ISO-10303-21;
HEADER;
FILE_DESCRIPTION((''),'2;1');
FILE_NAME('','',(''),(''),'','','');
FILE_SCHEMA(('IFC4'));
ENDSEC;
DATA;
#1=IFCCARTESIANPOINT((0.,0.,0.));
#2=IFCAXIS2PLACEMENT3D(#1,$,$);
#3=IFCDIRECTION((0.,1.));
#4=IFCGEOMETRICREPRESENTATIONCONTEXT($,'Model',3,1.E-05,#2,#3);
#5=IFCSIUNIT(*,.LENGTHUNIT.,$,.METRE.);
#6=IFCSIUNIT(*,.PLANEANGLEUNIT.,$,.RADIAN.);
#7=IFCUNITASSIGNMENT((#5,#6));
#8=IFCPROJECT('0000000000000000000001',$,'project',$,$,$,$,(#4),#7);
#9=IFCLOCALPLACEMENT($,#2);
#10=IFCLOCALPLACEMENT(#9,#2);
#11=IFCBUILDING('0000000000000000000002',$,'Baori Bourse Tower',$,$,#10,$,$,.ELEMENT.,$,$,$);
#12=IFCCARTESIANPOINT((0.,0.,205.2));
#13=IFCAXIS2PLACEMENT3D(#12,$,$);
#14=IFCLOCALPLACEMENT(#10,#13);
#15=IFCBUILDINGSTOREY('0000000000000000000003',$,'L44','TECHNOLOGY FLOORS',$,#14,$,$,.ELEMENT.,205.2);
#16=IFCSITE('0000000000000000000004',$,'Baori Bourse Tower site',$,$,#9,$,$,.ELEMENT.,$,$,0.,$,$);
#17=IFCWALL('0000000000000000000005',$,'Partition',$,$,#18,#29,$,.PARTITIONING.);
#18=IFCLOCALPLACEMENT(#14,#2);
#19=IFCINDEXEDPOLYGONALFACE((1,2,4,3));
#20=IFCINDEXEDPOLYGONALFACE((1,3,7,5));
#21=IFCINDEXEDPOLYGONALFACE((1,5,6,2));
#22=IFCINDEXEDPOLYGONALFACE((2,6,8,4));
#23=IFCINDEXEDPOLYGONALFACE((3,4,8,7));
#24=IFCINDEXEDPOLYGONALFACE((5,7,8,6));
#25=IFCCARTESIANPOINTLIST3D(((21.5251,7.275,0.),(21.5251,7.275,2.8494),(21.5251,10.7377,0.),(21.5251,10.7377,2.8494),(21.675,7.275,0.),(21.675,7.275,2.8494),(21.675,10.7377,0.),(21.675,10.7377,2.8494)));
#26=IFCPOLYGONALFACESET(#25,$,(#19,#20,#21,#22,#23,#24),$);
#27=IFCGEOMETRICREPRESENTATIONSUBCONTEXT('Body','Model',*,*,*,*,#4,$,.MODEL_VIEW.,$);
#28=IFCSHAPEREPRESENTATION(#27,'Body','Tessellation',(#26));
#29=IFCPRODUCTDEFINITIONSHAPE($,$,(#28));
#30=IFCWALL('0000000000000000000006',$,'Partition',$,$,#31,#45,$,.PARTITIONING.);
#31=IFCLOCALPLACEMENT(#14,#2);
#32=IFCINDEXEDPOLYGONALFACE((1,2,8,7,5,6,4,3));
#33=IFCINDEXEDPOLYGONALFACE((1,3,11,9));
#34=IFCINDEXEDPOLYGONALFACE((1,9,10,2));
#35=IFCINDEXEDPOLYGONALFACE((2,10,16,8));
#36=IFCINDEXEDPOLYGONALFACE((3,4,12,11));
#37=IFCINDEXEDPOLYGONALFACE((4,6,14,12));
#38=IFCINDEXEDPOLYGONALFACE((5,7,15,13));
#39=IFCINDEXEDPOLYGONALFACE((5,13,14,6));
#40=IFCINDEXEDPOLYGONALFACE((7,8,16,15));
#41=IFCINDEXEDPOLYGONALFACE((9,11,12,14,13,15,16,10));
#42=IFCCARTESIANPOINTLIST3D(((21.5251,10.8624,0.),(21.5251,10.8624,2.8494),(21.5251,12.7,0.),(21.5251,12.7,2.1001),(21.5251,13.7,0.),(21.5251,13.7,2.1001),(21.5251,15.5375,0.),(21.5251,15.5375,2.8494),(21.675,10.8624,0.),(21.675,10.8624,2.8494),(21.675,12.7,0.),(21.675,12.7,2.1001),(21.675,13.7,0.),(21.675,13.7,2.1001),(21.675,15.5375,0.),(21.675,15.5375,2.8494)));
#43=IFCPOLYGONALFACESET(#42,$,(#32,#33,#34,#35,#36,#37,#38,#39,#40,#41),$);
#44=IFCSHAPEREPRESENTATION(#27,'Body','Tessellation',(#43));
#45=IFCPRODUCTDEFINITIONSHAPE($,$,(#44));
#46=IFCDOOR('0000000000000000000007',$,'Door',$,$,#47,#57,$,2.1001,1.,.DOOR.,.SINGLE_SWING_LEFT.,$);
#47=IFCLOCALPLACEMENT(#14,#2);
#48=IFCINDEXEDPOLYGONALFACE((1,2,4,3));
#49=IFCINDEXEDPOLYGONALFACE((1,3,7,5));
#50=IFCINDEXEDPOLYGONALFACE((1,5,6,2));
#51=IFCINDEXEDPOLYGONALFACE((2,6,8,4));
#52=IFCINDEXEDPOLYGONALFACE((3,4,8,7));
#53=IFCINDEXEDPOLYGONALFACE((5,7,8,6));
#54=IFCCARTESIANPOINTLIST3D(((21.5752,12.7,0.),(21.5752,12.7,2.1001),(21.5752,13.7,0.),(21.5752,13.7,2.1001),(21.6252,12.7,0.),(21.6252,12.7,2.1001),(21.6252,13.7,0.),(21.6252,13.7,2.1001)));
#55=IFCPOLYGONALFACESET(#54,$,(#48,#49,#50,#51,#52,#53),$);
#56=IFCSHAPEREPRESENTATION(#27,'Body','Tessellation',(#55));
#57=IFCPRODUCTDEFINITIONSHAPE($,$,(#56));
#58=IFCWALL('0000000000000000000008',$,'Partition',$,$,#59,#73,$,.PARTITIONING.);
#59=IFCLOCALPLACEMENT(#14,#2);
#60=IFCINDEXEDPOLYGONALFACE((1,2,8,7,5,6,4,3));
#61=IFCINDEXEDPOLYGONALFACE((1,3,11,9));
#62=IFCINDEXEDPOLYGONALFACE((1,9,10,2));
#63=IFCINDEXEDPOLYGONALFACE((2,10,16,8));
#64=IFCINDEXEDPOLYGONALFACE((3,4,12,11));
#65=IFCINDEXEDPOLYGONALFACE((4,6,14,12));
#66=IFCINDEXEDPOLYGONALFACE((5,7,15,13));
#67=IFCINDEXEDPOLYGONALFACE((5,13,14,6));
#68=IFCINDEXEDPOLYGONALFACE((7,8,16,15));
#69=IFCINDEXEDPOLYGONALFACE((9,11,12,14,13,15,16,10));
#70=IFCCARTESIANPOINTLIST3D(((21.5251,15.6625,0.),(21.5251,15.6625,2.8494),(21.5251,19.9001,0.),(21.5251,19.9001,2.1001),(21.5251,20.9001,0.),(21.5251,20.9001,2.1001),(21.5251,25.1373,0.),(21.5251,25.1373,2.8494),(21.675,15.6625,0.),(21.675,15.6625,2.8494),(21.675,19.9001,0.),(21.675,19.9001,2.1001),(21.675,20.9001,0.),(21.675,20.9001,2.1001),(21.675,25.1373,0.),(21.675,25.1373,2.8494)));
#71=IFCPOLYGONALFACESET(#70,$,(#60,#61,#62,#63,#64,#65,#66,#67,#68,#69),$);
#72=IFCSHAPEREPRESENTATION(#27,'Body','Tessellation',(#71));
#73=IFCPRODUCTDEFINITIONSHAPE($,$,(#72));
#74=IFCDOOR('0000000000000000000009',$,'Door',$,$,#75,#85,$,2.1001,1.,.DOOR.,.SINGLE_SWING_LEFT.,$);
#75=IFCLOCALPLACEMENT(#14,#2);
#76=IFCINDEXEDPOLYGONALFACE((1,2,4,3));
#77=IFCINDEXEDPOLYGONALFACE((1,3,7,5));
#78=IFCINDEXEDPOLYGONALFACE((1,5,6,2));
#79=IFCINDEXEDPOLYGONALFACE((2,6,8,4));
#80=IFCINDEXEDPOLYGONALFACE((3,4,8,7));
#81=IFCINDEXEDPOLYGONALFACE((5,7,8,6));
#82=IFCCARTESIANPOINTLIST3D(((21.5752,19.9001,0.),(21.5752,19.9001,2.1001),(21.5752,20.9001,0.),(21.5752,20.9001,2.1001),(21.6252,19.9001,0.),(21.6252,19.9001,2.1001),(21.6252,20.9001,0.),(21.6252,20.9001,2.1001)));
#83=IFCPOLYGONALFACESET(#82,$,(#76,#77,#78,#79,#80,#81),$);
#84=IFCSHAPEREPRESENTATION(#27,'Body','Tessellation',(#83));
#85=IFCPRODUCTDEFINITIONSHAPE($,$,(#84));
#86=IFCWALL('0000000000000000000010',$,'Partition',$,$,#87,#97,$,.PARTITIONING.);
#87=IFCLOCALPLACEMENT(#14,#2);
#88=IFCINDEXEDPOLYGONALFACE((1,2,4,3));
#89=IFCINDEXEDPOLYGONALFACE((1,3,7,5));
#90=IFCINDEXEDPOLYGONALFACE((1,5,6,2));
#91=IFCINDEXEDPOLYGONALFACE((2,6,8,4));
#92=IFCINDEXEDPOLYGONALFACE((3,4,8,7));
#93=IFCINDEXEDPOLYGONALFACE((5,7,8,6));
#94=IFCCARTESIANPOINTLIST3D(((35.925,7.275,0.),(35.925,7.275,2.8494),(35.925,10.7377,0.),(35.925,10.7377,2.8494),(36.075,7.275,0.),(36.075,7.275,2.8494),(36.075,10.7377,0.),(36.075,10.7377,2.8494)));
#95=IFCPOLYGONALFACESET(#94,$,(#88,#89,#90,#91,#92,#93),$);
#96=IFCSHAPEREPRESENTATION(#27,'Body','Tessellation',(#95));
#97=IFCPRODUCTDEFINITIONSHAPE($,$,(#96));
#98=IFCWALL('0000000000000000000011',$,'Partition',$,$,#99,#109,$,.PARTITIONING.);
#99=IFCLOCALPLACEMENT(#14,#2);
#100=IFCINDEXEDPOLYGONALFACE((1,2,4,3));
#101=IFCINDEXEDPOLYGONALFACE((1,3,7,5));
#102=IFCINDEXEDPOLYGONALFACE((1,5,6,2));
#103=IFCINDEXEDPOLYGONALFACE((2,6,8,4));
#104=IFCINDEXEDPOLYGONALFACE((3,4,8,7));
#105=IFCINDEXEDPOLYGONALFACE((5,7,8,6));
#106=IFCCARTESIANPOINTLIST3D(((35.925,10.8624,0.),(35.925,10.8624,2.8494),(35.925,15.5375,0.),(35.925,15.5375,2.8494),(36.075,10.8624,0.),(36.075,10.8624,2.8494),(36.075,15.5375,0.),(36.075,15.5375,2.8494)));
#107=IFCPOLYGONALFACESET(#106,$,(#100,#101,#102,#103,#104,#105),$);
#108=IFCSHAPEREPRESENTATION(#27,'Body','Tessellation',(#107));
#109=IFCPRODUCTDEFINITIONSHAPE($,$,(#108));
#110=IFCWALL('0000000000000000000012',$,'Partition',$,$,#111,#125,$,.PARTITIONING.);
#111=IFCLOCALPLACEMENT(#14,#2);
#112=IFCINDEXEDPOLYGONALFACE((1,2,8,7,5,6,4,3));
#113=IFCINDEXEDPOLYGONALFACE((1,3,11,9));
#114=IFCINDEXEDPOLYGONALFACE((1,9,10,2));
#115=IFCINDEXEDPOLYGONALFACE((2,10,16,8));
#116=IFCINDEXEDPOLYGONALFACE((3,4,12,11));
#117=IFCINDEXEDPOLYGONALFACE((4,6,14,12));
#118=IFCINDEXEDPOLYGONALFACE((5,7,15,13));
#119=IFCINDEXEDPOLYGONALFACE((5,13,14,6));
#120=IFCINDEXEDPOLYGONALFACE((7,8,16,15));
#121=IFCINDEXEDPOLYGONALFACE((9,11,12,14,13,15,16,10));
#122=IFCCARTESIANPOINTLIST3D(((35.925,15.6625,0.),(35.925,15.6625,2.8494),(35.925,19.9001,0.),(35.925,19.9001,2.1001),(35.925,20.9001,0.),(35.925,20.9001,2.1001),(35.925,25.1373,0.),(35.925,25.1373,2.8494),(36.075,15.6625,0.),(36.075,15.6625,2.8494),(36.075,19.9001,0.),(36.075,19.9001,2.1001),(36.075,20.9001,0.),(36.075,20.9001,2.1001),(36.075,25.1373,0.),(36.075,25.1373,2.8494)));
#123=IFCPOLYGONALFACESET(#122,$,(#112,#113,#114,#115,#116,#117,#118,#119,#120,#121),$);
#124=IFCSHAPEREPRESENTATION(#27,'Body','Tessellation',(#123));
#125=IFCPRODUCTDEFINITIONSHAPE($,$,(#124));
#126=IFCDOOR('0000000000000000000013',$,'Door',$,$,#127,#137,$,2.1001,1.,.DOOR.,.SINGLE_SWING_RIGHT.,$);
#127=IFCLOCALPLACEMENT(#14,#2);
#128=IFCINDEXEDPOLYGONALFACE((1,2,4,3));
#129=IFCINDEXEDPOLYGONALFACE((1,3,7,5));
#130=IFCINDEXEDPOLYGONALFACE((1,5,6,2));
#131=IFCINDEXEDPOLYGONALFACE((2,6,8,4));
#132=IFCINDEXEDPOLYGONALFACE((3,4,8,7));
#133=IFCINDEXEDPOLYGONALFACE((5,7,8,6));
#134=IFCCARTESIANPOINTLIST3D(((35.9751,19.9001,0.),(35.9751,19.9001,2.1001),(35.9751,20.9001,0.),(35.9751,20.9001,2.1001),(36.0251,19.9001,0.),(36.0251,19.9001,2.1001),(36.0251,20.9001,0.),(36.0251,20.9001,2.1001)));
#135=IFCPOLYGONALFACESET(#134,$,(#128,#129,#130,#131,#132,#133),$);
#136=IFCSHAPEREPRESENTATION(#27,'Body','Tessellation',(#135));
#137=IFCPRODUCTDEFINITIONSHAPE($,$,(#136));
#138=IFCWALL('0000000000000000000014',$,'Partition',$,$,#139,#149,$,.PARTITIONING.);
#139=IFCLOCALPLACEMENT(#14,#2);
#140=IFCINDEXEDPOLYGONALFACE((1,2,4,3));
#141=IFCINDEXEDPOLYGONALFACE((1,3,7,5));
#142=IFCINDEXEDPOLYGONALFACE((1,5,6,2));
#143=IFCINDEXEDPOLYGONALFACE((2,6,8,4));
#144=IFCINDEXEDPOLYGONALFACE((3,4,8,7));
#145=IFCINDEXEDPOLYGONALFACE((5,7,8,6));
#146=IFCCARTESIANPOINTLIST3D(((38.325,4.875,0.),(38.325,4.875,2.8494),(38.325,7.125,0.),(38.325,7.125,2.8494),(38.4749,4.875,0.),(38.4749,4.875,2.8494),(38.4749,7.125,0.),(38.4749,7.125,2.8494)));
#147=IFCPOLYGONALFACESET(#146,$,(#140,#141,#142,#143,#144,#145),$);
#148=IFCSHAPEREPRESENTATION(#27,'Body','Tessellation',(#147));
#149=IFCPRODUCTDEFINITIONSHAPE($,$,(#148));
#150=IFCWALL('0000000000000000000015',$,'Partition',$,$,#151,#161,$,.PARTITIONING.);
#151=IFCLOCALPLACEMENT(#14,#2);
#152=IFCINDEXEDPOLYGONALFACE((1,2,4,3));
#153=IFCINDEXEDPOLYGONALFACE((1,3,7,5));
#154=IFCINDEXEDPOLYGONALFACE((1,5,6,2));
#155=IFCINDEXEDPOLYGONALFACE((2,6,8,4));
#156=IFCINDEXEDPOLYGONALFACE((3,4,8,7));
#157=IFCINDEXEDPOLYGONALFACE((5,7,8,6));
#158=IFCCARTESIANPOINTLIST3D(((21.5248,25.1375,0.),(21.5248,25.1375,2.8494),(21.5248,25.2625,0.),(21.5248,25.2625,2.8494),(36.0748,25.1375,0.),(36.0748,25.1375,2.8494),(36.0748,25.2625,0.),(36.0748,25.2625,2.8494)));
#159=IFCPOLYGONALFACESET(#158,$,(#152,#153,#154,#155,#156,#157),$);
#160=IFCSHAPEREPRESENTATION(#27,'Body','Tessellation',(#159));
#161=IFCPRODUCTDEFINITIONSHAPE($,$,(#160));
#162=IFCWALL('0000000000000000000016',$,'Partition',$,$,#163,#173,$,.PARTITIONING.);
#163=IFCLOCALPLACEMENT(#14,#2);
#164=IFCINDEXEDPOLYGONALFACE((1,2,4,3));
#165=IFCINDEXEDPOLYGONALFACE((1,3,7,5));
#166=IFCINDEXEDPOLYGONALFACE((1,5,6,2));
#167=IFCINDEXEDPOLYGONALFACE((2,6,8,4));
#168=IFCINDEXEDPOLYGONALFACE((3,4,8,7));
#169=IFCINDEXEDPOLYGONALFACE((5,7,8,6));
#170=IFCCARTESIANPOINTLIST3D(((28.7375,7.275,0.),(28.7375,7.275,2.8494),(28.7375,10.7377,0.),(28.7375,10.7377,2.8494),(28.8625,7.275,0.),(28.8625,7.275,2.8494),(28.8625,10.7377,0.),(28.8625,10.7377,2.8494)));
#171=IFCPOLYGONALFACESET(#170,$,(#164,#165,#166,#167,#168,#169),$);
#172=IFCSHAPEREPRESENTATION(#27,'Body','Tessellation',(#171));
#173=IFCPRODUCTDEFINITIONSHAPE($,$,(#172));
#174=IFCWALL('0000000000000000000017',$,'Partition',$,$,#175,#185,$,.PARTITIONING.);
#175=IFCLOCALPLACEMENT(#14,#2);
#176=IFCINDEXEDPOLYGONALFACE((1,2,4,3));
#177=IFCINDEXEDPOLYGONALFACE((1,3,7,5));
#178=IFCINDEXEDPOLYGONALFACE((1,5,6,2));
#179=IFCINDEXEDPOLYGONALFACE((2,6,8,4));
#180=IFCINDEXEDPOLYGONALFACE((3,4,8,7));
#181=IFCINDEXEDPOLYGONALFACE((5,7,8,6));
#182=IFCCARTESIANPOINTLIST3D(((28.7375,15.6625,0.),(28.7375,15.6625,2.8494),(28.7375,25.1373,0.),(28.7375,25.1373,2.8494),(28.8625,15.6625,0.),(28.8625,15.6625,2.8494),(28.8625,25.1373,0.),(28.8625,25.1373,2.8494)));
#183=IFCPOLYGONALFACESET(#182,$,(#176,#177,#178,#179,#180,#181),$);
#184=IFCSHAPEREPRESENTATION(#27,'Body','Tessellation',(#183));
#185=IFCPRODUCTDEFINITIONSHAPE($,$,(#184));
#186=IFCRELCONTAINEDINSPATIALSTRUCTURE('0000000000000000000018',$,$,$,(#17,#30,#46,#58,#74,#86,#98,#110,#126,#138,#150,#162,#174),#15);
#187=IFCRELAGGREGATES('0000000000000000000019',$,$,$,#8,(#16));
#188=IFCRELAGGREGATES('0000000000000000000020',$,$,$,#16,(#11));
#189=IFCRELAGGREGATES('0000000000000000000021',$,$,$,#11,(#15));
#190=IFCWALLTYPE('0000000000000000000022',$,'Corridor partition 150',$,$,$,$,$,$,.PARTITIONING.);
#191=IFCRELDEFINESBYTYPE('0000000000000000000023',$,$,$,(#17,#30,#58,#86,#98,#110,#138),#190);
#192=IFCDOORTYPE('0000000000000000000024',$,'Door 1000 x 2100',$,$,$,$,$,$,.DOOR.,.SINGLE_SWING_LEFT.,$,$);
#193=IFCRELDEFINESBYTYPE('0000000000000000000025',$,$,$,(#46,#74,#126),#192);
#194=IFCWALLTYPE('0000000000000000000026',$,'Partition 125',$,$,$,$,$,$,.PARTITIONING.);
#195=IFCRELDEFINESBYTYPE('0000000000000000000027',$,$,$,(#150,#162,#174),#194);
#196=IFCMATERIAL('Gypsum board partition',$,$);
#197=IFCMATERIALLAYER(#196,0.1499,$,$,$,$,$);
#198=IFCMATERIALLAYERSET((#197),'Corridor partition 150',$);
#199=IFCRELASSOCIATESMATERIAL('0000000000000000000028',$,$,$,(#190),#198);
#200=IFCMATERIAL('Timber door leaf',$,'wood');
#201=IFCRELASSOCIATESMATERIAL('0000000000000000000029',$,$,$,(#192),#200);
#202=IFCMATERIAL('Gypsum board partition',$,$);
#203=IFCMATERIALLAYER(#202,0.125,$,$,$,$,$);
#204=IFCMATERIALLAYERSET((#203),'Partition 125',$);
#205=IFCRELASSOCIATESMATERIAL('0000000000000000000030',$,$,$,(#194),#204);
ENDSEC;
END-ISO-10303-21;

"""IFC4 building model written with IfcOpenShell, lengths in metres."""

from ifc_helpers import new_model, si_unit, direction, frame, frame_2d, origin, place, context, subcontext, project, spatial, rectangle, extrude, material, layer, layer_set, type_object, element, fill, save


model = new_model("IFC4")

# Units and contexts
model_context = context("Model", 3, precision=1e-05, world=origin(), true_north=direction((0.0, 1.0)))
body_context = subcontext(model_context, "Body", "Model", "MODEL_VIEW")
ifc_project = project(units=[si_unit("LENGTHUNIT", "METRE"), si_unit("PLANEANGLEUNIT", "RADIAN")], contexts=[model_context])

# Site, building, storey
site_placement = place(None, origin())
site = spatial("IfcSite", under=ifc_project, at=site_placement, Name="Baori Bourse Tower site", CompositionType="ELEMENT", RefElevation=0.0)
building_placement = place(site_placement, origin())
building = spatial("IfcBuilding", under=site, at=building_placement, Name="Baori Bourse Tower", CompositionType="ELEMENT")
storey_placement = place(building_placement, frame((0.0, 0.0, 205.2)))
storey = spatial("IfcBuildingStorey", under=building, at=storey_placement, Name="L44", Description="TECHNOLOGY FLOORS", CompositionType="ELEMENT", Elevation=205.2)

# Shared definitions
ifc_material_1 = material(Name="Gypsum board partition")
ifc_layer_1 = layer(ifc_material_1, 0.1499)
ifc_layer_set_1 = layer_set([ifc_layer_1], Name="Corridor partition 150")
wall_type_1 = type_object("IfcWallType", Name="Corridor partition 150", PredefinedType="PARTITIONING", material=ifc_layer_set_1)
ifc_material_2 = material(Name="Timber door leaf", Category="wood")
door_type_1 = type_object("IfcDoorType", Name="Door 1000 x 2100", OperationType="SINGLE_SWING_LEFT", PredefinedType="DOOR", material=ifc_material_2)

# Wall
wall_1_placement = place(storey_placement, frame((21.6001, 7.2749, 0.0), z_axis=(0.0, 0.0, 1.0), x_axis=(0.0, 1.0, 0.0)))
element("IfcWall", 1, at=wall_1_placement, inside=storey, type_object=wall_type_1, Name="Partition", PredefinedType="PARTITIONING", context=body_context, shape_type="SweptSolid", body=[
    extrude(rectangle(XDim=3.4626, YDim=0.1499, at=frame_2d((1.7314, 0.0))), origin(), (0.0, 0.0, 1.0), 2.8494),
])

# Walls, openings, doors
wall_2_placement = place(storey_placement, frame((21.6001, 10.8625, 0.0), z_axis=(0.0, 0.0, 1.0), x_axis=(0.0, 1.0, 0.0)))
wall_2 = element("IfcWall", 2, at=wall_2_placement, inside=storey, type_object=wall_type_1, Name="Partition", PredefinedType="PARTITIONING", context=body_context, shape_type="SweptSolid", body=[
    extrude(rectangle(XDim=4.675, YDim=0.1499, at=frame_2d((2.3374, 0.0))), origin(), (0.0, 0.0, 1.0), 2.8494),
])
opening_1_placement = place(wall_2_placement, frame((1.8374, 0.0, 0.0)))
opening_1 = element("IfcOpeningElement", 3, at=opening_1_placement, cuts=wall_2, PredefinedType="OPENING", context=body_context, shape_type="SweptSolid", body=[
    extrude(rectangle(XDim=1.0, YDim=2.1001, at=frame_2d((0.5, 1.05))), frame((0.0, 0.085, 0.0), z_axis=(0.0, -1.0, 0.0), x_axis=(1.0, 0.0, 0.0)), (0.0, 0.0, 1.0), 0.1699),
])
door_1_placement = place(opening_1_placement, origin())
door_1 = element("IfcDoor", 4, at=door_1_placement, inside=storey, type_object=door_type_1, Name="Door", OperationType="SINGLE_SWING_LEFT", OverallHeight=2.1001, OverallWidth=1.0, PredefinedType="DOOR", context=body_context, shape_type="SweptSolid", body=[
    extrude(rectangle(XDim=1.0, YDim=2.1001, at=frame_2d((0.5, 1.05))), frame((0.0, 0.0249, 0.0), z_axis=(0.0, -1.0, 0.0), x_axis=(1.0, 0.0, 0.0)), (0.0, 0.0, 1.0), 0.05),
])
fill(opening_1, door_1)
wall_3_placement = place(storey_placement, frame((21.6001, 15.6626, 0.0), z_axis=(0.0, 0.0, 1.0), x_axis=(0.0, 1.0, 0.0)))
wall_3 = element("IfcWall", 5, at=wall_3_placement, inside=storey, type_object=wall_type_1, Name="Partition", PredefinedType="PARTITIONING", context=body_context, shape_type="SweptSolid", body=[
    extrude(rectangle(XDim=9.4749, YDim=0.1499, at=frame_2d((4.7373, 0.0))), origin(), (0.0, 0.0, 1.0), 2.8494),
])
opening_2_placement = place(wall_3_placement, frame((4.2375, 0.0, 0.0)))
opening_2 = element("IfcOpeningElement", 6, at=opening_2_placement, cuts=wall_3, PredefinedType="OPENING", context=body_context, shape_type="SweptSolid", body=[
    extrude(rectangle(XDim=1.0, YDim=2.1001, at=frame_2d((0.5, 1.05))), frame((0.0, 0.085, 0.0), z_axis=(0.0, -1.0, 0.0), x_axis=(1.0, 0.0, 0.0)), (0.0, 0.0, 1.0), 0.1699),
])
door_2_placement = place(opening_2_placement, origin())
door_2 = element("IfcDoor", 7, at=door_2_placement, inside=storey, type_object=door_type_1, Name="Door", OperationType="SINGLE_SWING_LEFT", OverallHeight=2.1001, OverallWidth=1.0, PredefinedType="DOOR", context=body_context, shape_type="SweptSolid", body=[
    extrude(rectangle(XDim=1.0, YDim=2.1001, at=frame_2d((0.5, 1.05))), frame((0.0, 0.0249, 0.0), z_axis=(0.0, -1.0, 0.0), x_axis=(1.0, 0.0, 0.0)), (0.0, 0.0, 1.0), 0.05),
])
fill(opening_2, door_2)

# Walls
wall_4_placement = place(storey_placement, frame((36.0, 7.2749, 0.0), z_axis=(0.0, 0.0, 1.0), x_axis=(0.0, 1.0, 0.0)))
element("IfcWall", 8, at=wall_4_placement, inside=storey, type_object=wall_type_1, Name="Partition", PredefinedType="PARTITIONING", context=body_context, shape_type="SweptSolid", body=[
    extrude(rectangle(XDim=3.4626, YDim=0.1499, at=frame_2d((1.7314, 0.0))), origin(), (0.0, 0.0, 1.0), 2.8494),
])
wall_5_placement = place(storey_placement, frame((36.0, 10.8625, 0.0), z_axis=(0.0, 0.0, 1.0), x_axis=(0.0, 1.0, 0.0)))
element("IfcWall", 9, at=wall_5_placement, inside=storey, type_object=wall_type_1, Name="Partition", PredefinedType="PARTITIONING", context=body_context, shape_type="SweptSolid", body=[
    extrude(rectangle(XDim=4.675, YDim=0.1499, at=frame_2d((2.3374, 0.0))), origin(), (0.0, 0.0, 1.0), 2.8494),
])

# Wall, opening, door
wall_6_placement = place(storey_placement, frame((36.0, 15.6626, 0.0), z_axis=(0.0, 0.0, 1.0), x_axis=(0.0, 1.0, 0.0)))
wall_6 = element("IfcWall", 10, at=wall_6_placement, inside=storey, type_object=wall_type_1, Name="Partition", PredefinedType="PARTITIONING", context=body_context, shape_type="SweptSolid", body=[
    extrude(rectangle(XDim=9.4749, YDim=0.1499, at=frame_2d((4.7373, 0.0))), origin(), (0.0, 0.0, 1.0), 2.8494),
])
opening_3_placement = place(wall_6_placement, frame((4.2375, 0.0, 0.0)))
opening_3 = element("IfcOpeningElement", 11, at=opening_3_placement, cuts=wall_6, PredefinedType="OPENING", context=body_context, shape_type="SweptSolid", body=[
    extrude(rectangle(XDim=1.0, YDim=2.1001, at=frame_2d((0.5, 1.05))), frame((0.0, 0.085, 0.0), z_axis=(0.0, -1.0, 0.0), x_axis=(1.0, 0.0, 0.0)), (0.0, 0.0, 1.0), 0.1699),
])
door_3_placement = place(opening_3_placement, origin())
door_3 = element("IfcDoor", 12, at=door_3_placement, inside=storey, type_object=door_type_1, Name="Door", OperationType="SINGLE_SWING_RIGHT", OverallHeight=2.1001, OverallWidth=1.0, PredefinedType="DOOR", context=body_context, shape_type="SweptSolid", body=[
    extrude(rectangle(XDim=1.0, YDim=2.1001, at=frame_2d((0.5, 1.05))), frame((0.0, 0.0249, 0.0), z_axis=(0.0, -1.0, 0.0), x_axis=(1.0, 0.0, 0.0)), (0.0, 0.0, 1.0), 0.05),
])
fill(opening_3, door_3)

# Walls
wall_7_placement = place(storey_placement, frame((38.3999, 4.875, 0.0), z_axis=(0.0, 0.0, 1.0), x_axis=(0.0, 1.0, 0.0)))
element("IfcWall", 13, at=wall_7_placement, inside=storey, type_object=wall_type_1, Name="Partition", PredefinedType="PARTITIONING", context=body_context, shape_type="SweptSolid", body=[
    extrude(rectangle(XDim=2.25, YDim=0.1499, at=frame_2d((1.125, 0.0))), origin(), (0.0, 0.0, 1.0), 2.8494),
])
ifc_material_3 = material(Name="Gypsum board partition")
ifc_layer_2 = layer(ifc_material_3, 0.125)
ifc_layer_set_2 = layer_set([ifc_layer_2], Name="Partition 125")
wall_type_2 = type_object("IfcWallType", Name="Partition 125", PredefinedType="PARTITIONING", material=ifc_layer_set_2)
wall_8_placement = place(storey_placement, frame((21.5249, 25.2, 0.0), z_axis=(0.0, 0.0, 1.0), x_axis=(1.0, 0.0, 0.0)))
element("IfcWall", 14, at=wall_8_placement, inside=storey, type_object=wall_type_2, Name="Partition", PredefinedType="PARTITIONING", context=body_context, shape_type="SweptSolid", body=[
    extrude(rectangle(XDim=14.55, YDim=0.125, at=frame_2d((7.2749, 0.0))), origin(), (0.0, 0.0, 1.0), 2.8494),
])
wall_9_placement = place(storey_placement, frame((28.8, 7.2749, 0.0), z_axis=(0.0, 0.0, 1.0), x_axis=(0.0, 1.0, 0.0)))
element("IfcWall", 15, at=wall_9_placement, inside=storey, type_object=wall_type_2, Name="Partition", PredefinedType="PARTITIONING", context=body_context, shape_type="SweptSolid", body=[
    extrude(rectangle(XDim=3.4626, YDim=0.125, at=frame_2d((1.7314, 0.0))), origin(), (0.0, 0.0, 1.0), 2.8494),
])
wall_10_placement = place(storey_placement, frame((28.8, 15.6626, 0.0), z_axis=(0.0, 0.0, 1.0), x_axis=(0.0, 1.0, 0.0)))
element("IfcWall", 16, at=wall_10_placement, inside=storey, type_object=wall_type_2, Name="Partition", PredefinedType="PARTITIONING", context=body_context, shape_type="SweptSolid", body=[
    extrude(rectangle(XDim=9.4749, YDim=0.125, at=frame_2d((4.7373, 0.0))), origin(), (0.0, 0.0, 1.0), 2.8494),
])

save(model, "model.ifc")
